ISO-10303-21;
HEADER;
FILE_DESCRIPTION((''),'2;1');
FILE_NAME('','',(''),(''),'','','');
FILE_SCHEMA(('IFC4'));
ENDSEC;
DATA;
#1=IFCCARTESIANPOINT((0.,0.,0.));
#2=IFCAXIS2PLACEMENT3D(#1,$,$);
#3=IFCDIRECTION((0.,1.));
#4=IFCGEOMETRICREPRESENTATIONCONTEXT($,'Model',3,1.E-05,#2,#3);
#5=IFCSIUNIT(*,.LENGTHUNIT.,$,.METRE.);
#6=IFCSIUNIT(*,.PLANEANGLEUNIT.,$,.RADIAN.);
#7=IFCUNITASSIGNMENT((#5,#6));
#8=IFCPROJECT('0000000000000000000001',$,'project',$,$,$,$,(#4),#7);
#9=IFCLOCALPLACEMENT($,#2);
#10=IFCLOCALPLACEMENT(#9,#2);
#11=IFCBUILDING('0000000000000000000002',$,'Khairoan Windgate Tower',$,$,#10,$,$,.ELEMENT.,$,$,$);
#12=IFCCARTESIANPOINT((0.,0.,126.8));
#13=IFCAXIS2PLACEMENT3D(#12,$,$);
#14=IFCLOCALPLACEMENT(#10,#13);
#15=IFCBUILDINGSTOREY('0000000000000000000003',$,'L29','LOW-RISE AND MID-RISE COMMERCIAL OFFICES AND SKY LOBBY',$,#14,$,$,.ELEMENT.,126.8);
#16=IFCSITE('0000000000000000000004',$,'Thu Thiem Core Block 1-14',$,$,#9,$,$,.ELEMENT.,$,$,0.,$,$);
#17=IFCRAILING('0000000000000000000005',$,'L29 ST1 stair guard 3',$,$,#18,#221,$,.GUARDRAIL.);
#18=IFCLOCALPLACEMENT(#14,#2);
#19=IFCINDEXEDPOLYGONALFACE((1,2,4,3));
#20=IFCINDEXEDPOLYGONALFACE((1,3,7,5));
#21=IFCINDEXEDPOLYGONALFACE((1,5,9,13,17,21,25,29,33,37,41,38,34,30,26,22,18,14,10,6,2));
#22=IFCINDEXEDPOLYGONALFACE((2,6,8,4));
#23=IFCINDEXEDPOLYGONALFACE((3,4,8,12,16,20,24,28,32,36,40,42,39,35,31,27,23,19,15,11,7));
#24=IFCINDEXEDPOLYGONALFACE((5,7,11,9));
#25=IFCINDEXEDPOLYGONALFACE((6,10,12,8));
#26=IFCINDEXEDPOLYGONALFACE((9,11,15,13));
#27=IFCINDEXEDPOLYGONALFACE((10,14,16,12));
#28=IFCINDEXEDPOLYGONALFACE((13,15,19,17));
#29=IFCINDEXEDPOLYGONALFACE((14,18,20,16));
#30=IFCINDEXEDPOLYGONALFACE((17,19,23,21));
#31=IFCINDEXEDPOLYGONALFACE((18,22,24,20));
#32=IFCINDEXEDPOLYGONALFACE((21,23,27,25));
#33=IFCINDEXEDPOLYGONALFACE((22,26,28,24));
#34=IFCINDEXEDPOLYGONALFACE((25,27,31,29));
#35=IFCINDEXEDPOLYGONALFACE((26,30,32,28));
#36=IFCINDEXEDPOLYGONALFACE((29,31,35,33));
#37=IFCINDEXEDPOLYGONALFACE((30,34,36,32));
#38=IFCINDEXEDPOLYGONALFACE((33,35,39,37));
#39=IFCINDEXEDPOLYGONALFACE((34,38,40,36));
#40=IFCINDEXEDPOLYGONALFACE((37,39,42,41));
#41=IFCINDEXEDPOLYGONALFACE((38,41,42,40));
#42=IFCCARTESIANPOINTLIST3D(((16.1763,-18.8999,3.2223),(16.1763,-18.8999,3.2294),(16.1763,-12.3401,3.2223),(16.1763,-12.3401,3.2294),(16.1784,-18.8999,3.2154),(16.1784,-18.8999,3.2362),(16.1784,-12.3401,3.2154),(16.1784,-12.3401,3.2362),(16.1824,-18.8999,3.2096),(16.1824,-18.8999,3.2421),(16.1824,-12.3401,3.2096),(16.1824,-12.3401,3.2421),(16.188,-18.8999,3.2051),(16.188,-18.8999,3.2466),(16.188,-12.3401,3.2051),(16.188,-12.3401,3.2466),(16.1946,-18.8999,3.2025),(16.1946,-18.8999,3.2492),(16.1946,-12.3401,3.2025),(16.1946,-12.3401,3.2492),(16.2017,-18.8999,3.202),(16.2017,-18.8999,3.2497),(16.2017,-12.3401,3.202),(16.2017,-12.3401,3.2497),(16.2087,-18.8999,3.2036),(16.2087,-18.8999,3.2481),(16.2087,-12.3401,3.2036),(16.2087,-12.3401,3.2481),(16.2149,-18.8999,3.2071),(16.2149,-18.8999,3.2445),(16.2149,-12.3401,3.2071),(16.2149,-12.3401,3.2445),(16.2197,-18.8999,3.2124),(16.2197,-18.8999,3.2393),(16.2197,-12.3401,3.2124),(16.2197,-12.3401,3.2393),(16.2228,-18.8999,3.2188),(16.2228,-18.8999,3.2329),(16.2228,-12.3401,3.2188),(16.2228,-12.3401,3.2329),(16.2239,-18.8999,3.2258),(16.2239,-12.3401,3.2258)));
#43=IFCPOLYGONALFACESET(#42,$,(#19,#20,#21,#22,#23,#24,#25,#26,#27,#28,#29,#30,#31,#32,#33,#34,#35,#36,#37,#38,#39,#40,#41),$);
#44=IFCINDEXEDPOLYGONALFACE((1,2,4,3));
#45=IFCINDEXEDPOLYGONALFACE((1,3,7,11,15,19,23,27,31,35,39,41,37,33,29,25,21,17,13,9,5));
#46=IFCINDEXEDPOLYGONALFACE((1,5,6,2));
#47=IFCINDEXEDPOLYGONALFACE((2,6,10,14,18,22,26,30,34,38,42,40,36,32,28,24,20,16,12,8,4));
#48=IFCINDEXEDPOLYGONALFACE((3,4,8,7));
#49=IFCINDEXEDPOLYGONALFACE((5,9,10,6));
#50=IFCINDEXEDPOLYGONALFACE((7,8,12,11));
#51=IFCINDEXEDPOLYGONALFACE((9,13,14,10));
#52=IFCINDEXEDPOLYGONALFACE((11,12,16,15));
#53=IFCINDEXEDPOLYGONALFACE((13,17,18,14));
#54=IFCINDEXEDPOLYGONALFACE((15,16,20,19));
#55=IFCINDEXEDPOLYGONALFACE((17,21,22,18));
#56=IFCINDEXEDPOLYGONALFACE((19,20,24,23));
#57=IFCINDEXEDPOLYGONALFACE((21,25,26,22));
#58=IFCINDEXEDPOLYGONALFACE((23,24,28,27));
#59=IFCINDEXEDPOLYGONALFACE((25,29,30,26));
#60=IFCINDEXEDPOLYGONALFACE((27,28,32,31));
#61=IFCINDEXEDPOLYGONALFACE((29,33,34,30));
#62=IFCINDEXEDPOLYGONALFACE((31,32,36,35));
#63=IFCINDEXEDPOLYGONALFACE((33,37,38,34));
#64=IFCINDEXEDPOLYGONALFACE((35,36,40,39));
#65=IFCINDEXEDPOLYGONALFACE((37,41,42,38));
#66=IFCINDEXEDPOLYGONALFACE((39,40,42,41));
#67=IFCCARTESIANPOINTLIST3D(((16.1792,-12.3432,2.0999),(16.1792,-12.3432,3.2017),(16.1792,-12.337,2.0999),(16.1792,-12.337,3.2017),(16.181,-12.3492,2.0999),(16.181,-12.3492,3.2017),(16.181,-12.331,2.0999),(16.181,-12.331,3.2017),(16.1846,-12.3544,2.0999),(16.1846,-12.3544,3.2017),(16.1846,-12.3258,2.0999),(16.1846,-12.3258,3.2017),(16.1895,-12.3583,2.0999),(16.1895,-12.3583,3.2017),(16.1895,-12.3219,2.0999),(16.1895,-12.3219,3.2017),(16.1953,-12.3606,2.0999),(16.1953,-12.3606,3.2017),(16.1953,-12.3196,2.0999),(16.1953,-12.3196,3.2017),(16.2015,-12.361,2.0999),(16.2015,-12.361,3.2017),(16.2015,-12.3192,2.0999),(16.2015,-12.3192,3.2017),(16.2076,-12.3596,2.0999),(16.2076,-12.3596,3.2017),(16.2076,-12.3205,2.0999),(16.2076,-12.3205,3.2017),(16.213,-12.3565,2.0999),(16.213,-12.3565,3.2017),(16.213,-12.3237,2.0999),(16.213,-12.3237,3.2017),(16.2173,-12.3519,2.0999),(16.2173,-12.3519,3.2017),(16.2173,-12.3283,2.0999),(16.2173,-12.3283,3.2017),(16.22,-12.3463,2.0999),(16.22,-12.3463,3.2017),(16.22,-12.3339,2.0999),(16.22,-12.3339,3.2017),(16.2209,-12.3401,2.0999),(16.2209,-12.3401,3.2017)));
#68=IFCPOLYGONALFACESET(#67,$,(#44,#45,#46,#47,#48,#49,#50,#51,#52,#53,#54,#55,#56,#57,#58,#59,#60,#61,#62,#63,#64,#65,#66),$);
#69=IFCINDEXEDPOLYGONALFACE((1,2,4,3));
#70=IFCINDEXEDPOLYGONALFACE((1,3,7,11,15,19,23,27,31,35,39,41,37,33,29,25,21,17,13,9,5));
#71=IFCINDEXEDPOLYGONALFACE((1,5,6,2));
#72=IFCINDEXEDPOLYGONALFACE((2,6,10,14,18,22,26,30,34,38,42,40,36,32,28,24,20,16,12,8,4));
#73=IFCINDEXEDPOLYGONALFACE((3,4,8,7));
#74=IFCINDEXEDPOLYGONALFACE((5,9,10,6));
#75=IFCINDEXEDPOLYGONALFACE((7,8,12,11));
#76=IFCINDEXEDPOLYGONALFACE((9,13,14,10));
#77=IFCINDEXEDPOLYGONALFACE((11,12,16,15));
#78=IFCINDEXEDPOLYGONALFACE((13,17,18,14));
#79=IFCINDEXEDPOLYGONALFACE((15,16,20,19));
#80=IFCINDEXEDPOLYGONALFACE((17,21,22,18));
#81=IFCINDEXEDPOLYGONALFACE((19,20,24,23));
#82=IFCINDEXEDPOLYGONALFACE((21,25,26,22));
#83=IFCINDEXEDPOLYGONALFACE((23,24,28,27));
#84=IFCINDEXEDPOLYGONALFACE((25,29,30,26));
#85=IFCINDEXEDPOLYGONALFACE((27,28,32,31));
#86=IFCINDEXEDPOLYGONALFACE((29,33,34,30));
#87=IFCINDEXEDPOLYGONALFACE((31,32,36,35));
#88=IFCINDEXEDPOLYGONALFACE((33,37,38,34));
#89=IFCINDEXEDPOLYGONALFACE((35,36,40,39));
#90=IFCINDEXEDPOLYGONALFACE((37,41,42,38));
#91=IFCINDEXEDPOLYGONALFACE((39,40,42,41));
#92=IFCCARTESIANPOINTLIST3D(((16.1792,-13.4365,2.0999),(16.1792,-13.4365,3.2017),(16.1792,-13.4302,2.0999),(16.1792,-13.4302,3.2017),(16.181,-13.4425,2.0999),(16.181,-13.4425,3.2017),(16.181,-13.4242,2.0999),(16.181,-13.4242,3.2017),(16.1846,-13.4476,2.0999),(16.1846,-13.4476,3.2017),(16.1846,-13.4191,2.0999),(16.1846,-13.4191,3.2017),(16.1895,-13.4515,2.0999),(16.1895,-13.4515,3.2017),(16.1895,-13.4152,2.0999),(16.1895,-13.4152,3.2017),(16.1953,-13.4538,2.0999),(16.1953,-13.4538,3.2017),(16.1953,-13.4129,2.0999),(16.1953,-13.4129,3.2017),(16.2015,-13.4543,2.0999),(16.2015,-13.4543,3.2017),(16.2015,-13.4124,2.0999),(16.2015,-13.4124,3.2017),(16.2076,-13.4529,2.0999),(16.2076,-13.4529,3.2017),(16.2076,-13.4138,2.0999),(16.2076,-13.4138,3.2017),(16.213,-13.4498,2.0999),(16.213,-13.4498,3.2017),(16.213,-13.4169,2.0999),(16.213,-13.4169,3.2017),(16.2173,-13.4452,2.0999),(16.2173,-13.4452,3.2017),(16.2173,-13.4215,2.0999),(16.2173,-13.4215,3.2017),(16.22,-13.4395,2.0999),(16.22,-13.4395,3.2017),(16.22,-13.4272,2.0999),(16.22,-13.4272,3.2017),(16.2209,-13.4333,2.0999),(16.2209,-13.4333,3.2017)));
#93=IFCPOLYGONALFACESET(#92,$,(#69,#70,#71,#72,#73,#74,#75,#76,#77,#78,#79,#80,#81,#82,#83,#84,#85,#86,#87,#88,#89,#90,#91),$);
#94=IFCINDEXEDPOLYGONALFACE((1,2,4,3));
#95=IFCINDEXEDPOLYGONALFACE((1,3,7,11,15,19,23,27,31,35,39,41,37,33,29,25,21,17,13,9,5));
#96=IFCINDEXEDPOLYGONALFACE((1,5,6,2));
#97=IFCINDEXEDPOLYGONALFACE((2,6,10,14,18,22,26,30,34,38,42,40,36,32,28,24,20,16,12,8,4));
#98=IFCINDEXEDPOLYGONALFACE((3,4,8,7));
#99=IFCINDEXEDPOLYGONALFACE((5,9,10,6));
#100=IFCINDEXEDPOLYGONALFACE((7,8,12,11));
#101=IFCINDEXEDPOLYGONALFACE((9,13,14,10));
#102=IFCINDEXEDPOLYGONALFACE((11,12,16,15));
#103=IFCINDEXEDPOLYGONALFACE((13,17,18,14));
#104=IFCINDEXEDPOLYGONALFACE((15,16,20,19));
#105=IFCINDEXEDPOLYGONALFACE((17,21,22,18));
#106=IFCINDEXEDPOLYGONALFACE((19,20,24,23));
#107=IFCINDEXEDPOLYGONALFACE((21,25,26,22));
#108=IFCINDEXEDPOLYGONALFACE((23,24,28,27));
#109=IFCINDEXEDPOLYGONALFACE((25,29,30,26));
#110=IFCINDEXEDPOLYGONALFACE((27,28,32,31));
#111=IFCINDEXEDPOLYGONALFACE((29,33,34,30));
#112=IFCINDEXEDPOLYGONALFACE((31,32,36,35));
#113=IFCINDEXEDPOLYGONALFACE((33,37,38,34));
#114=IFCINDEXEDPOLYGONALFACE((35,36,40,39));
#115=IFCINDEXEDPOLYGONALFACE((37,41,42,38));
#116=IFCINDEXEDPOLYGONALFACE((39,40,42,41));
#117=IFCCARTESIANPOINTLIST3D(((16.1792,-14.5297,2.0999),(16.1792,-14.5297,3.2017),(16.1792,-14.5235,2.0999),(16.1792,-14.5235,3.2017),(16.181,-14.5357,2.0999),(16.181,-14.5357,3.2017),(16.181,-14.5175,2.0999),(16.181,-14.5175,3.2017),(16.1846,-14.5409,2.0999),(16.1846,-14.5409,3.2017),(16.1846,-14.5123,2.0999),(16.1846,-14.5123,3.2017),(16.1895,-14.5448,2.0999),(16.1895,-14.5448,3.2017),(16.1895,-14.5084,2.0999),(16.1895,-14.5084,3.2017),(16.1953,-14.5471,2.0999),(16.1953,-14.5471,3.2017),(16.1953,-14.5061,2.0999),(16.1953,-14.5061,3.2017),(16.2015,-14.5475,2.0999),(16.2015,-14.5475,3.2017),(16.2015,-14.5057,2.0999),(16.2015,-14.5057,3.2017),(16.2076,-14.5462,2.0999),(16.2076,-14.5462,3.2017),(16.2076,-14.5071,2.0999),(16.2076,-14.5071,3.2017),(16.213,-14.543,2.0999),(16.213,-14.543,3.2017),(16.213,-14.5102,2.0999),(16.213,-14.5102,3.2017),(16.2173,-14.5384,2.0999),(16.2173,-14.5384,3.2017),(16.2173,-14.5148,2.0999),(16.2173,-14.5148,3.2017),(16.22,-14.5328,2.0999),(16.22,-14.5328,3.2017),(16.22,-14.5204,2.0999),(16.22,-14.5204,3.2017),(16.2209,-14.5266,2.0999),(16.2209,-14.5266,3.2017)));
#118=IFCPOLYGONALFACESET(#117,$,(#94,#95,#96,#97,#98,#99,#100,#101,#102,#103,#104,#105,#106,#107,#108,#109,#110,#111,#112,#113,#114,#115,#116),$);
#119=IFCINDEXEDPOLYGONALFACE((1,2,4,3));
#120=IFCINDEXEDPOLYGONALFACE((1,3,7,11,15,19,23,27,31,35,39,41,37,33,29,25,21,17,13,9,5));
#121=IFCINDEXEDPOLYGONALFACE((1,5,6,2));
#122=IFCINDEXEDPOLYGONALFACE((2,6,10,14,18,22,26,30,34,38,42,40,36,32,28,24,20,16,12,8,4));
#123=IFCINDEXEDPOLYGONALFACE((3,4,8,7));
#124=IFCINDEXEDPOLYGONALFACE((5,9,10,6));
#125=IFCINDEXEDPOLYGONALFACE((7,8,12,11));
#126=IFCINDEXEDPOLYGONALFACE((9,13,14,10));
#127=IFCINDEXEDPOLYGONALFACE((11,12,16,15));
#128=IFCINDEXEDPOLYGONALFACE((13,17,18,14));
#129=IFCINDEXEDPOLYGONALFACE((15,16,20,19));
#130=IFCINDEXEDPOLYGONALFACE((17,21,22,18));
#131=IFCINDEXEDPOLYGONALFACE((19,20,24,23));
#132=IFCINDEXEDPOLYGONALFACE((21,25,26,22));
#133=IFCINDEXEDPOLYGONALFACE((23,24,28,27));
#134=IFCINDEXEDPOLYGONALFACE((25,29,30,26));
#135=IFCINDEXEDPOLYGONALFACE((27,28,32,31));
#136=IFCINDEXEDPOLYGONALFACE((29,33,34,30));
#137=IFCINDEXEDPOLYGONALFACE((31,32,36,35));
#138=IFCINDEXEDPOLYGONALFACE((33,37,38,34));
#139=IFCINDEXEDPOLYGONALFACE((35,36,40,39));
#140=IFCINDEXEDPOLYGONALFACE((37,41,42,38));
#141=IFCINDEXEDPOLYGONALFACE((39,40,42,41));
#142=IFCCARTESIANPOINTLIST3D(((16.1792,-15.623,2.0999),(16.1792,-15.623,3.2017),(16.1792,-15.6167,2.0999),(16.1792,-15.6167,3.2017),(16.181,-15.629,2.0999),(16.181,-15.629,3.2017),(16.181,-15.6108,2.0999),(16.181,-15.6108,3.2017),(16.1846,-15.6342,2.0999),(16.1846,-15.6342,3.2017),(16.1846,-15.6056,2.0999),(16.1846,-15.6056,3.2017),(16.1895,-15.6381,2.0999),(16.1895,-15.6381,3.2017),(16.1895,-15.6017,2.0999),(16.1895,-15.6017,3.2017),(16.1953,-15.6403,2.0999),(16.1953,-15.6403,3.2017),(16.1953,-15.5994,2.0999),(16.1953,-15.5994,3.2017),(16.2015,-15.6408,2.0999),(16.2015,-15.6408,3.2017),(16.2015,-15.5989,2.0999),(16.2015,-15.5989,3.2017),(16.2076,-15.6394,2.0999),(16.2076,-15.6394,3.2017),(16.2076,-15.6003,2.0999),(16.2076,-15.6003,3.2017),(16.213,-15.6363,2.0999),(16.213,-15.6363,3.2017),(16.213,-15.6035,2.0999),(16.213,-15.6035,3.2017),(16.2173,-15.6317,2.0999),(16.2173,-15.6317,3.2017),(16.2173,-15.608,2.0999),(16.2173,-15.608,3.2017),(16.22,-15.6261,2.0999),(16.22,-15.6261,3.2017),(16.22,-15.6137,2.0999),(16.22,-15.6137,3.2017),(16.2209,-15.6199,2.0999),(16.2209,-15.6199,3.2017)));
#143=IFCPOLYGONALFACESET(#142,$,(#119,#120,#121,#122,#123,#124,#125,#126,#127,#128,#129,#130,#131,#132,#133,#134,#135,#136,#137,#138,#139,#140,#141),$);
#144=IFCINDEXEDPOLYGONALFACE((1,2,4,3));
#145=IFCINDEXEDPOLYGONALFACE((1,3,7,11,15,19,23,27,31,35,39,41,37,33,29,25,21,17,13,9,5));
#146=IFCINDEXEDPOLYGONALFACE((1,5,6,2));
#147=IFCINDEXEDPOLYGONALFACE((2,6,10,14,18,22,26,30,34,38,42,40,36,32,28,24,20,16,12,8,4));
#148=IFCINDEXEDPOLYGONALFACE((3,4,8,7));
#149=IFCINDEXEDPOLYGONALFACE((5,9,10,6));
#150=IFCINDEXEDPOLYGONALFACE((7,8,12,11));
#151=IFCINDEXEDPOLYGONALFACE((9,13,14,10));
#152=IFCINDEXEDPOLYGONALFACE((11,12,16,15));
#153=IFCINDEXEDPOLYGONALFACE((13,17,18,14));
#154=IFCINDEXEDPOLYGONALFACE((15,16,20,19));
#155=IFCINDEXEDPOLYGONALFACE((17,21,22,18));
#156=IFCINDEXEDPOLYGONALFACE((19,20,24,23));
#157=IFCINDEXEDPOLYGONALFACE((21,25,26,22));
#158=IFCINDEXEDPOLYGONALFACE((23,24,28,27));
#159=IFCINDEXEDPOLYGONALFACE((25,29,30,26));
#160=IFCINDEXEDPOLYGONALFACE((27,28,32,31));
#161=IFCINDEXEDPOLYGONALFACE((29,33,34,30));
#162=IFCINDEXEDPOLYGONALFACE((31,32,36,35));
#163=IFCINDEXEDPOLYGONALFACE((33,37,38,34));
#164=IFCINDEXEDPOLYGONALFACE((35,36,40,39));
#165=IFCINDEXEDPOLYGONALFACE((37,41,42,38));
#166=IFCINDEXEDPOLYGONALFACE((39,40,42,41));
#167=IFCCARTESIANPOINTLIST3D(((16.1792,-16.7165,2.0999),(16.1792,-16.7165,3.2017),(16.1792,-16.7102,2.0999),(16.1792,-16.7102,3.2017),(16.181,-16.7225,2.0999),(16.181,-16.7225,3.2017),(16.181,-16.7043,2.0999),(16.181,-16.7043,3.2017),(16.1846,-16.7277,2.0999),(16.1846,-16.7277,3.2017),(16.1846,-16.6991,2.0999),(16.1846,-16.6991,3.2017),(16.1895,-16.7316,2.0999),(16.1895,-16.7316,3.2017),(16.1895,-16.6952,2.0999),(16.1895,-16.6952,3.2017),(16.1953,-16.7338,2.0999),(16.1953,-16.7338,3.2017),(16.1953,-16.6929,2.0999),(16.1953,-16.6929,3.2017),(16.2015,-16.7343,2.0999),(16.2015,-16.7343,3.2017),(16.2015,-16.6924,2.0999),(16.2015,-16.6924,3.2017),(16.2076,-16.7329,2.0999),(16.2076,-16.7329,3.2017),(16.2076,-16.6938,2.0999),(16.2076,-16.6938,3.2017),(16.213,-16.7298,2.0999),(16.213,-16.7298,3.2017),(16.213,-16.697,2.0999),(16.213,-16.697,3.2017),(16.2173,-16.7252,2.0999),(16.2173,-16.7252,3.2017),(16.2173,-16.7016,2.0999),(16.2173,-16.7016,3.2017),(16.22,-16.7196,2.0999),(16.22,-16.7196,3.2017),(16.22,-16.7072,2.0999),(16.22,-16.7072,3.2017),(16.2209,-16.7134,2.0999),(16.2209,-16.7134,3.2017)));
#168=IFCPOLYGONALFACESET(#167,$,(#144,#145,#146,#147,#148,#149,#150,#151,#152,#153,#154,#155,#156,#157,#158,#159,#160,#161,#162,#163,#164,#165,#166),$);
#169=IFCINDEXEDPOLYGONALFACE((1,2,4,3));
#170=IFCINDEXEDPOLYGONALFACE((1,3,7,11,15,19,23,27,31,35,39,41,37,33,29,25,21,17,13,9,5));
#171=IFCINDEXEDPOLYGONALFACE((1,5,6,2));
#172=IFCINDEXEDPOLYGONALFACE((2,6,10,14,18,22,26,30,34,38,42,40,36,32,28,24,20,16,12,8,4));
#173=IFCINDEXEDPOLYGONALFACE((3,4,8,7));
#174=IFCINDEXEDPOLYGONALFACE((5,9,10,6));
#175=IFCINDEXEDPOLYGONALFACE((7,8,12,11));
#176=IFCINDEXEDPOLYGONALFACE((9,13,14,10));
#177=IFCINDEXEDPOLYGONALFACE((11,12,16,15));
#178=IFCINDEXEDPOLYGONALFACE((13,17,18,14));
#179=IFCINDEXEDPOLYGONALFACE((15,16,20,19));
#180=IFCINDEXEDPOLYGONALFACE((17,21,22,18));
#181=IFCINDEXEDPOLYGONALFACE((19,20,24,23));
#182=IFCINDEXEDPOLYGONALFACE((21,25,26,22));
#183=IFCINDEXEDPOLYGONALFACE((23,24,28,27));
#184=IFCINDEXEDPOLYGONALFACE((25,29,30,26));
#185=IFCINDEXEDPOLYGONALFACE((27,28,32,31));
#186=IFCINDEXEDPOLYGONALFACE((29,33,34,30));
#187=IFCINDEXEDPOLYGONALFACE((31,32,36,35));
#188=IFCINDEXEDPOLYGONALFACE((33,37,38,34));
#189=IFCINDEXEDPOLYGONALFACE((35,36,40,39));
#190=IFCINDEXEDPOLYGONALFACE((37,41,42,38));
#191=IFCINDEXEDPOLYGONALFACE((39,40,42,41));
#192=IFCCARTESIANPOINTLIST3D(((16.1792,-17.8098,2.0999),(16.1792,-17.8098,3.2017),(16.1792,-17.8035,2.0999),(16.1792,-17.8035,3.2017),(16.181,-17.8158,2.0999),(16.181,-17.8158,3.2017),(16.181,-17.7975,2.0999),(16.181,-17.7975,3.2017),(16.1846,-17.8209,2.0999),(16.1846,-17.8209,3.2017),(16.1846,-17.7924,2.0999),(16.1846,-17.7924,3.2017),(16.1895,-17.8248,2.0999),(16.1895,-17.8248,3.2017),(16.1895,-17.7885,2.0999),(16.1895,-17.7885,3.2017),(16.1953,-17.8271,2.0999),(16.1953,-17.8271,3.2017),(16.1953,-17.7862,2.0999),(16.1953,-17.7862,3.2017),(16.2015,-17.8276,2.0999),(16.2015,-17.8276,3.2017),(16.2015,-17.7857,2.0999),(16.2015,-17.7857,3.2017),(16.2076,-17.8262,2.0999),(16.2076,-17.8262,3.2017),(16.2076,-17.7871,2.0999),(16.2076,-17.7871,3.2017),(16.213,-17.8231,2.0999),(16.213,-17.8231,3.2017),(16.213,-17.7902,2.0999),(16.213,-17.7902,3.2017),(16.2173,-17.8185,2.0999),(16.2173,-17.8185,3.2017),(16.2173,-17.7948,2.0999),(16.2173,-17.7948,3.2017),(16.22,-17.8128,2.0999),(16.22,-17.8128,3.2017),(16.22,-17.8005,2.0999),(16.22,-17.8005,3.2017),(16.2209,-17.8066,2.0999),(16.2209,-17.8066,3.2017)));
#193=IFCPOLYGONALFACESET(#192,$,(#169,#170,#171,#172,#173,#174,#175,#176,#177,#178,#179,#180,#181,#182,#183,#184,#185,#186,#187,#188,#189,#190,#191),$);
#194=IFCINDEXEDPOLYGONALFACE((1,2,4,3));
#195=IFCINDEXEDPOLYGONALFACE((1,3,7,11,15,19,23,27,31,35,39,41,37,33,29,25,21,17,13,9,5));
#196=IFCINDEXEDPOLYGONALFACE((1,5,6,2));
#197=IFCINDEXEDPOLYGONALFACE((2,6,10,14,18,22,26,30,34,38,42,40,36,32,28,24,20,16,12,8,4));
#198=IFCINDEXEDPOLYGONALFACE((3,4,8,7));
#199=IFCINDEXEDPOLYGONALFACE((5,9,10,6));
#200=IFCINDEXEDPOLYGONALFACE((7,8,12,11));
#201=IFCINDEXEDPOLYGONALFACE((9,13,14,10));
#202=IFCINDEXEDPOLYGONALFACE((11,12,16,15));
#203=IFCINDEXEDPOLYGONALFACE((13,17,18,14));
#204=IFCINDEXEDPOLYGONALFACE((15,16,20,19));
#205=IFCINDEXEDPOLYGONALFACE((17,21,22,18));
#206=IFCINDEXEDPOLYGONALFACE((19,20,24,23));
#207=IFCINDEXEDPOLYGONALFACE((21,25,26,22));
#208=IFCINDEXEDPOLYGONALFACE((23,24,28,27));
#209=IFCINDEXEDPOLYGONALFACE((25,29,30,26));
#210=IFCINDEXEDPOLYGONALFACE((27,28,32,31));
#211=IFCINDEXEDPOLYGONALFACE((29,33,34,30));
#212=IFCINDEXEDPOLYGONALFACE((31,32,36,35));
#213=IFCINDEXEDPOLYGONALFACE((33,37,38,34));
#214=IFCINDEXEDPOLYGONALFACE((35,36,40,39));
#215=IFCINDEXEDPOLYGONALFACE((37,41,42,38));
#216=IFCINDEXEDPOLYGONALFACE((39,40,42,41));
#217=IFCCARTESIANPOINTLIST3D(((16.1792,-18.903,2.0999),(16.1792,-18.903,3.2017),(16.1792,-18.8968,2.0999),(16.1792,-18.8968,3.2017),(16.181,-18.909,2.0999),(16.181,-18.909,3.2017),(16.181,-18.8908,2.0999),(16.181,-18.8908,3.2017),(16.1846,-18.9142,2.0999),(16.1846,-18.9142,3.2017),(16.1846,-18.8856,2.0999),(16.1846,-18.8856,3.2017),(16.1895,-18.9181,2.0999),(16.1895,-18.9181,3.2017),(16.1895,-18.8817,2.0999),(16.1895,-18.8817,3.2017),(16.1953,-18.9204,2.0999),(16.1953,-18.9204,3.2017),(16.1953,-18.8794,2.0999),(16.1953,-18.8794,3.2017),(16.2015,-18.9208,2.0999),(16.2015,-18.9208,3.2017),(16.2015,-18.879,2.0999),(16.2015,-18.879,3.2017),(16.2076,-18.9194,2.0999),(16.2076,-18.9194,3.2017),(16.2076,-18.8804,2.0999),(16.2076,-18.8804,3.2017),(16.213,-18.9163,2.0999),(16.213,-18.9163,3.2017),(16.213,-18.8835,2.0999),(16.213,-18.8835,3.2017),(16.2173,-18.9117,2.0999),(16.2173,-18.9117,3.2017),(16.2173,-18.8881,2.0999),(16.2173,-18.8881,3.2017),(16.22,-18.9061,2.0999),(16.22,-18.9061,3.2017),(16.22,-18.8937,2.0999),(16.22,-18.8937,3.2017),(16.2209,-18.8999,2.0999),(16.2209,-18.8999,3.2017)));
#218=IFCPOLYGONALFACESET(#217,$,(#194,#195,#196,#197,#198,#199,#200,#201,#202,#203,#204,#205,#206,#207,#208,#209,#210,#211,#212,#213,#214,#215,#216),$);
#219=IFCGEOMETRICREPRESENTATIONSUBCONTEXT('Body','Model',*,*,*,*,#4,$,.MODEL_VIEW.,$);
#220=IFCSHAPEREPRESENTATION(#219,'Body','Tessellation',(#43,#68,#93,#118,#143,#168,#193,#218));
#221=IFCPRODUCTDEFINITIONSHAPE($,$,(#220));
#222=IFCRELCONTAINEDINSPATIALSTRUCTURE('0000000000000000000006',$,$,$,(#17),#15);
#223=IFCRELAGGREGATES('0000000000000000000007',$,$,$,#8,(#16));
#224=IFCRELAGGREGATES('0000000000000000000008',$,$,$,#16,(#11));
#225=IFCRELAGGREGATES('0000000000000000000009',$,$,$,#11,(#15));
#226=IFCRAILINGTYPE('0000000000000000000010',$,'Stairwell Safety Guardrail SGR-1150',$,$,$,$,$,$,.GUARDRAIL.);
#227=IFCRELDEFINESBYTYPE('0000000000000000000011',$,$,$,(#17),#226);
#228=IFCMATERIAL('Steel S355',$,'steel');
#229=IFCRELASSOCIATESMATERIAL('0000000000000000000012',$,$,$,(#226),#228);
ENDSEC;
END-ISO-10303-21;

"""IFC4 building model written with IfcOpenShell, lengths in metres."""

from ifc_helpers import new_model, si_unit, direction, frame, origin, origin_2d, place, context, subcontext, project, spatial, circle, extrude, material, type_object, element, save


model = new_model("IFC4")

# Units and contexts
model_context = context("Model", 3, precision=1e-05, world=origin(), true_north=direction((0.0, 1.0)))
body_context = subcontext(model_context, "Body", "Model", "MODEL_VIEW")
ifc_project = project(units=[si_unit("LENGTHUNIT", "METRE"), si_unit("PLANEANGLEUNIT", "RADIAN")], contexts=[model_context])

# Site, building, storey
site_placement = place(None, origin())
site = spatial("IfcSite", under=ifc_project, at=site_placement, Name="Thu Thiem Core Block 1-14", CompositionType="ELEMENT", RefElevation=0.0)
building_placement = place(site_placement, origin())
building = spatial("IfcBuilding", under=site, at=building_placement, Name="Khairoan Windgate Tower", CompositionType="ELEMENT")
storey_placement = place(building_placement, frame((0.0, 0.0, 126.8)))
storey = spatial("IfcBuildingStorey", under=building, at=storey_placement, Name="L29", Description="LOW-RISE AND MID-RISE COMMERCIAL OFFICES AND SKY LOBBY", CompositionType="ELEMENT", Elevation=126.8)

# Railing
ifc_material_1 = material(Name="Steel S355", Category="steel")
railing_type = type_object("IfcRailingType", Name="Stairwell Safety Guardrail SGR-1150", PredefinedType="GUARDRAIL", material=ifc_material_1)
railing_1_placement = place(storey_placement, frame((16.2, -12.3401, 2.0999)))
element("IfcRailing", 1, at=railing_1_placement, inside=storey, type_object=railing_type, Name="L29 ST1 stair guard 3", PredefinedType="GUARDRAIL", context=body_context, shape_type="SweptSolid", body=[
    extrude(circle(Radius=0.0239, at=origin_2d()), frame((0.0, 0.0, 1.126), z_axis=(0.0, -1.0, 0.0), x_axis=(1.0, 0.0, 0.0)), (0.0, 0.0, 1.0), 6.5598),
    extrude(circle(Radius=0.021, at=origin_2d()), origin(), (0.0, 0.0, 1.0), 1.1018),
    extrude(circle(Radius=0.021, at=origin_2d()), frame((0.0, -1.0933, 0.0)), (0.0, 0.0, 1.0), 1.1018),
    extrude(circle(Radius=0.021, at=origin_2d()), frame((0.0, -2.1865, 0.0)), (0.0, 0.0, 1.0), 1.1018),
    extrude(circle(Radius=0.021, at=origin_2d()), frame((0.0, -3.2798, 0.0)), (0.0, 0.0, 1.0), 1.1018),
    extrude(circle(Radius=0.021, at=origin_2d()), frame((0.0, -4.3733, 0.0)), (0.0, 0.0, 1.0), 1.1018),
    extrude(circle(Radius=0.021, at=origin_2d()), frame((0.0, -5.4666, 0.0)), (0.0, 0.0, 1.0), 1.1018),
    extrude(circle(Radius=0.021, at=origin_2d()), frame((0.0, -6.5598, 0.0)), (0.0, 0.0, 1.0), 1.1018),
])

save(model, "model.ifc")
